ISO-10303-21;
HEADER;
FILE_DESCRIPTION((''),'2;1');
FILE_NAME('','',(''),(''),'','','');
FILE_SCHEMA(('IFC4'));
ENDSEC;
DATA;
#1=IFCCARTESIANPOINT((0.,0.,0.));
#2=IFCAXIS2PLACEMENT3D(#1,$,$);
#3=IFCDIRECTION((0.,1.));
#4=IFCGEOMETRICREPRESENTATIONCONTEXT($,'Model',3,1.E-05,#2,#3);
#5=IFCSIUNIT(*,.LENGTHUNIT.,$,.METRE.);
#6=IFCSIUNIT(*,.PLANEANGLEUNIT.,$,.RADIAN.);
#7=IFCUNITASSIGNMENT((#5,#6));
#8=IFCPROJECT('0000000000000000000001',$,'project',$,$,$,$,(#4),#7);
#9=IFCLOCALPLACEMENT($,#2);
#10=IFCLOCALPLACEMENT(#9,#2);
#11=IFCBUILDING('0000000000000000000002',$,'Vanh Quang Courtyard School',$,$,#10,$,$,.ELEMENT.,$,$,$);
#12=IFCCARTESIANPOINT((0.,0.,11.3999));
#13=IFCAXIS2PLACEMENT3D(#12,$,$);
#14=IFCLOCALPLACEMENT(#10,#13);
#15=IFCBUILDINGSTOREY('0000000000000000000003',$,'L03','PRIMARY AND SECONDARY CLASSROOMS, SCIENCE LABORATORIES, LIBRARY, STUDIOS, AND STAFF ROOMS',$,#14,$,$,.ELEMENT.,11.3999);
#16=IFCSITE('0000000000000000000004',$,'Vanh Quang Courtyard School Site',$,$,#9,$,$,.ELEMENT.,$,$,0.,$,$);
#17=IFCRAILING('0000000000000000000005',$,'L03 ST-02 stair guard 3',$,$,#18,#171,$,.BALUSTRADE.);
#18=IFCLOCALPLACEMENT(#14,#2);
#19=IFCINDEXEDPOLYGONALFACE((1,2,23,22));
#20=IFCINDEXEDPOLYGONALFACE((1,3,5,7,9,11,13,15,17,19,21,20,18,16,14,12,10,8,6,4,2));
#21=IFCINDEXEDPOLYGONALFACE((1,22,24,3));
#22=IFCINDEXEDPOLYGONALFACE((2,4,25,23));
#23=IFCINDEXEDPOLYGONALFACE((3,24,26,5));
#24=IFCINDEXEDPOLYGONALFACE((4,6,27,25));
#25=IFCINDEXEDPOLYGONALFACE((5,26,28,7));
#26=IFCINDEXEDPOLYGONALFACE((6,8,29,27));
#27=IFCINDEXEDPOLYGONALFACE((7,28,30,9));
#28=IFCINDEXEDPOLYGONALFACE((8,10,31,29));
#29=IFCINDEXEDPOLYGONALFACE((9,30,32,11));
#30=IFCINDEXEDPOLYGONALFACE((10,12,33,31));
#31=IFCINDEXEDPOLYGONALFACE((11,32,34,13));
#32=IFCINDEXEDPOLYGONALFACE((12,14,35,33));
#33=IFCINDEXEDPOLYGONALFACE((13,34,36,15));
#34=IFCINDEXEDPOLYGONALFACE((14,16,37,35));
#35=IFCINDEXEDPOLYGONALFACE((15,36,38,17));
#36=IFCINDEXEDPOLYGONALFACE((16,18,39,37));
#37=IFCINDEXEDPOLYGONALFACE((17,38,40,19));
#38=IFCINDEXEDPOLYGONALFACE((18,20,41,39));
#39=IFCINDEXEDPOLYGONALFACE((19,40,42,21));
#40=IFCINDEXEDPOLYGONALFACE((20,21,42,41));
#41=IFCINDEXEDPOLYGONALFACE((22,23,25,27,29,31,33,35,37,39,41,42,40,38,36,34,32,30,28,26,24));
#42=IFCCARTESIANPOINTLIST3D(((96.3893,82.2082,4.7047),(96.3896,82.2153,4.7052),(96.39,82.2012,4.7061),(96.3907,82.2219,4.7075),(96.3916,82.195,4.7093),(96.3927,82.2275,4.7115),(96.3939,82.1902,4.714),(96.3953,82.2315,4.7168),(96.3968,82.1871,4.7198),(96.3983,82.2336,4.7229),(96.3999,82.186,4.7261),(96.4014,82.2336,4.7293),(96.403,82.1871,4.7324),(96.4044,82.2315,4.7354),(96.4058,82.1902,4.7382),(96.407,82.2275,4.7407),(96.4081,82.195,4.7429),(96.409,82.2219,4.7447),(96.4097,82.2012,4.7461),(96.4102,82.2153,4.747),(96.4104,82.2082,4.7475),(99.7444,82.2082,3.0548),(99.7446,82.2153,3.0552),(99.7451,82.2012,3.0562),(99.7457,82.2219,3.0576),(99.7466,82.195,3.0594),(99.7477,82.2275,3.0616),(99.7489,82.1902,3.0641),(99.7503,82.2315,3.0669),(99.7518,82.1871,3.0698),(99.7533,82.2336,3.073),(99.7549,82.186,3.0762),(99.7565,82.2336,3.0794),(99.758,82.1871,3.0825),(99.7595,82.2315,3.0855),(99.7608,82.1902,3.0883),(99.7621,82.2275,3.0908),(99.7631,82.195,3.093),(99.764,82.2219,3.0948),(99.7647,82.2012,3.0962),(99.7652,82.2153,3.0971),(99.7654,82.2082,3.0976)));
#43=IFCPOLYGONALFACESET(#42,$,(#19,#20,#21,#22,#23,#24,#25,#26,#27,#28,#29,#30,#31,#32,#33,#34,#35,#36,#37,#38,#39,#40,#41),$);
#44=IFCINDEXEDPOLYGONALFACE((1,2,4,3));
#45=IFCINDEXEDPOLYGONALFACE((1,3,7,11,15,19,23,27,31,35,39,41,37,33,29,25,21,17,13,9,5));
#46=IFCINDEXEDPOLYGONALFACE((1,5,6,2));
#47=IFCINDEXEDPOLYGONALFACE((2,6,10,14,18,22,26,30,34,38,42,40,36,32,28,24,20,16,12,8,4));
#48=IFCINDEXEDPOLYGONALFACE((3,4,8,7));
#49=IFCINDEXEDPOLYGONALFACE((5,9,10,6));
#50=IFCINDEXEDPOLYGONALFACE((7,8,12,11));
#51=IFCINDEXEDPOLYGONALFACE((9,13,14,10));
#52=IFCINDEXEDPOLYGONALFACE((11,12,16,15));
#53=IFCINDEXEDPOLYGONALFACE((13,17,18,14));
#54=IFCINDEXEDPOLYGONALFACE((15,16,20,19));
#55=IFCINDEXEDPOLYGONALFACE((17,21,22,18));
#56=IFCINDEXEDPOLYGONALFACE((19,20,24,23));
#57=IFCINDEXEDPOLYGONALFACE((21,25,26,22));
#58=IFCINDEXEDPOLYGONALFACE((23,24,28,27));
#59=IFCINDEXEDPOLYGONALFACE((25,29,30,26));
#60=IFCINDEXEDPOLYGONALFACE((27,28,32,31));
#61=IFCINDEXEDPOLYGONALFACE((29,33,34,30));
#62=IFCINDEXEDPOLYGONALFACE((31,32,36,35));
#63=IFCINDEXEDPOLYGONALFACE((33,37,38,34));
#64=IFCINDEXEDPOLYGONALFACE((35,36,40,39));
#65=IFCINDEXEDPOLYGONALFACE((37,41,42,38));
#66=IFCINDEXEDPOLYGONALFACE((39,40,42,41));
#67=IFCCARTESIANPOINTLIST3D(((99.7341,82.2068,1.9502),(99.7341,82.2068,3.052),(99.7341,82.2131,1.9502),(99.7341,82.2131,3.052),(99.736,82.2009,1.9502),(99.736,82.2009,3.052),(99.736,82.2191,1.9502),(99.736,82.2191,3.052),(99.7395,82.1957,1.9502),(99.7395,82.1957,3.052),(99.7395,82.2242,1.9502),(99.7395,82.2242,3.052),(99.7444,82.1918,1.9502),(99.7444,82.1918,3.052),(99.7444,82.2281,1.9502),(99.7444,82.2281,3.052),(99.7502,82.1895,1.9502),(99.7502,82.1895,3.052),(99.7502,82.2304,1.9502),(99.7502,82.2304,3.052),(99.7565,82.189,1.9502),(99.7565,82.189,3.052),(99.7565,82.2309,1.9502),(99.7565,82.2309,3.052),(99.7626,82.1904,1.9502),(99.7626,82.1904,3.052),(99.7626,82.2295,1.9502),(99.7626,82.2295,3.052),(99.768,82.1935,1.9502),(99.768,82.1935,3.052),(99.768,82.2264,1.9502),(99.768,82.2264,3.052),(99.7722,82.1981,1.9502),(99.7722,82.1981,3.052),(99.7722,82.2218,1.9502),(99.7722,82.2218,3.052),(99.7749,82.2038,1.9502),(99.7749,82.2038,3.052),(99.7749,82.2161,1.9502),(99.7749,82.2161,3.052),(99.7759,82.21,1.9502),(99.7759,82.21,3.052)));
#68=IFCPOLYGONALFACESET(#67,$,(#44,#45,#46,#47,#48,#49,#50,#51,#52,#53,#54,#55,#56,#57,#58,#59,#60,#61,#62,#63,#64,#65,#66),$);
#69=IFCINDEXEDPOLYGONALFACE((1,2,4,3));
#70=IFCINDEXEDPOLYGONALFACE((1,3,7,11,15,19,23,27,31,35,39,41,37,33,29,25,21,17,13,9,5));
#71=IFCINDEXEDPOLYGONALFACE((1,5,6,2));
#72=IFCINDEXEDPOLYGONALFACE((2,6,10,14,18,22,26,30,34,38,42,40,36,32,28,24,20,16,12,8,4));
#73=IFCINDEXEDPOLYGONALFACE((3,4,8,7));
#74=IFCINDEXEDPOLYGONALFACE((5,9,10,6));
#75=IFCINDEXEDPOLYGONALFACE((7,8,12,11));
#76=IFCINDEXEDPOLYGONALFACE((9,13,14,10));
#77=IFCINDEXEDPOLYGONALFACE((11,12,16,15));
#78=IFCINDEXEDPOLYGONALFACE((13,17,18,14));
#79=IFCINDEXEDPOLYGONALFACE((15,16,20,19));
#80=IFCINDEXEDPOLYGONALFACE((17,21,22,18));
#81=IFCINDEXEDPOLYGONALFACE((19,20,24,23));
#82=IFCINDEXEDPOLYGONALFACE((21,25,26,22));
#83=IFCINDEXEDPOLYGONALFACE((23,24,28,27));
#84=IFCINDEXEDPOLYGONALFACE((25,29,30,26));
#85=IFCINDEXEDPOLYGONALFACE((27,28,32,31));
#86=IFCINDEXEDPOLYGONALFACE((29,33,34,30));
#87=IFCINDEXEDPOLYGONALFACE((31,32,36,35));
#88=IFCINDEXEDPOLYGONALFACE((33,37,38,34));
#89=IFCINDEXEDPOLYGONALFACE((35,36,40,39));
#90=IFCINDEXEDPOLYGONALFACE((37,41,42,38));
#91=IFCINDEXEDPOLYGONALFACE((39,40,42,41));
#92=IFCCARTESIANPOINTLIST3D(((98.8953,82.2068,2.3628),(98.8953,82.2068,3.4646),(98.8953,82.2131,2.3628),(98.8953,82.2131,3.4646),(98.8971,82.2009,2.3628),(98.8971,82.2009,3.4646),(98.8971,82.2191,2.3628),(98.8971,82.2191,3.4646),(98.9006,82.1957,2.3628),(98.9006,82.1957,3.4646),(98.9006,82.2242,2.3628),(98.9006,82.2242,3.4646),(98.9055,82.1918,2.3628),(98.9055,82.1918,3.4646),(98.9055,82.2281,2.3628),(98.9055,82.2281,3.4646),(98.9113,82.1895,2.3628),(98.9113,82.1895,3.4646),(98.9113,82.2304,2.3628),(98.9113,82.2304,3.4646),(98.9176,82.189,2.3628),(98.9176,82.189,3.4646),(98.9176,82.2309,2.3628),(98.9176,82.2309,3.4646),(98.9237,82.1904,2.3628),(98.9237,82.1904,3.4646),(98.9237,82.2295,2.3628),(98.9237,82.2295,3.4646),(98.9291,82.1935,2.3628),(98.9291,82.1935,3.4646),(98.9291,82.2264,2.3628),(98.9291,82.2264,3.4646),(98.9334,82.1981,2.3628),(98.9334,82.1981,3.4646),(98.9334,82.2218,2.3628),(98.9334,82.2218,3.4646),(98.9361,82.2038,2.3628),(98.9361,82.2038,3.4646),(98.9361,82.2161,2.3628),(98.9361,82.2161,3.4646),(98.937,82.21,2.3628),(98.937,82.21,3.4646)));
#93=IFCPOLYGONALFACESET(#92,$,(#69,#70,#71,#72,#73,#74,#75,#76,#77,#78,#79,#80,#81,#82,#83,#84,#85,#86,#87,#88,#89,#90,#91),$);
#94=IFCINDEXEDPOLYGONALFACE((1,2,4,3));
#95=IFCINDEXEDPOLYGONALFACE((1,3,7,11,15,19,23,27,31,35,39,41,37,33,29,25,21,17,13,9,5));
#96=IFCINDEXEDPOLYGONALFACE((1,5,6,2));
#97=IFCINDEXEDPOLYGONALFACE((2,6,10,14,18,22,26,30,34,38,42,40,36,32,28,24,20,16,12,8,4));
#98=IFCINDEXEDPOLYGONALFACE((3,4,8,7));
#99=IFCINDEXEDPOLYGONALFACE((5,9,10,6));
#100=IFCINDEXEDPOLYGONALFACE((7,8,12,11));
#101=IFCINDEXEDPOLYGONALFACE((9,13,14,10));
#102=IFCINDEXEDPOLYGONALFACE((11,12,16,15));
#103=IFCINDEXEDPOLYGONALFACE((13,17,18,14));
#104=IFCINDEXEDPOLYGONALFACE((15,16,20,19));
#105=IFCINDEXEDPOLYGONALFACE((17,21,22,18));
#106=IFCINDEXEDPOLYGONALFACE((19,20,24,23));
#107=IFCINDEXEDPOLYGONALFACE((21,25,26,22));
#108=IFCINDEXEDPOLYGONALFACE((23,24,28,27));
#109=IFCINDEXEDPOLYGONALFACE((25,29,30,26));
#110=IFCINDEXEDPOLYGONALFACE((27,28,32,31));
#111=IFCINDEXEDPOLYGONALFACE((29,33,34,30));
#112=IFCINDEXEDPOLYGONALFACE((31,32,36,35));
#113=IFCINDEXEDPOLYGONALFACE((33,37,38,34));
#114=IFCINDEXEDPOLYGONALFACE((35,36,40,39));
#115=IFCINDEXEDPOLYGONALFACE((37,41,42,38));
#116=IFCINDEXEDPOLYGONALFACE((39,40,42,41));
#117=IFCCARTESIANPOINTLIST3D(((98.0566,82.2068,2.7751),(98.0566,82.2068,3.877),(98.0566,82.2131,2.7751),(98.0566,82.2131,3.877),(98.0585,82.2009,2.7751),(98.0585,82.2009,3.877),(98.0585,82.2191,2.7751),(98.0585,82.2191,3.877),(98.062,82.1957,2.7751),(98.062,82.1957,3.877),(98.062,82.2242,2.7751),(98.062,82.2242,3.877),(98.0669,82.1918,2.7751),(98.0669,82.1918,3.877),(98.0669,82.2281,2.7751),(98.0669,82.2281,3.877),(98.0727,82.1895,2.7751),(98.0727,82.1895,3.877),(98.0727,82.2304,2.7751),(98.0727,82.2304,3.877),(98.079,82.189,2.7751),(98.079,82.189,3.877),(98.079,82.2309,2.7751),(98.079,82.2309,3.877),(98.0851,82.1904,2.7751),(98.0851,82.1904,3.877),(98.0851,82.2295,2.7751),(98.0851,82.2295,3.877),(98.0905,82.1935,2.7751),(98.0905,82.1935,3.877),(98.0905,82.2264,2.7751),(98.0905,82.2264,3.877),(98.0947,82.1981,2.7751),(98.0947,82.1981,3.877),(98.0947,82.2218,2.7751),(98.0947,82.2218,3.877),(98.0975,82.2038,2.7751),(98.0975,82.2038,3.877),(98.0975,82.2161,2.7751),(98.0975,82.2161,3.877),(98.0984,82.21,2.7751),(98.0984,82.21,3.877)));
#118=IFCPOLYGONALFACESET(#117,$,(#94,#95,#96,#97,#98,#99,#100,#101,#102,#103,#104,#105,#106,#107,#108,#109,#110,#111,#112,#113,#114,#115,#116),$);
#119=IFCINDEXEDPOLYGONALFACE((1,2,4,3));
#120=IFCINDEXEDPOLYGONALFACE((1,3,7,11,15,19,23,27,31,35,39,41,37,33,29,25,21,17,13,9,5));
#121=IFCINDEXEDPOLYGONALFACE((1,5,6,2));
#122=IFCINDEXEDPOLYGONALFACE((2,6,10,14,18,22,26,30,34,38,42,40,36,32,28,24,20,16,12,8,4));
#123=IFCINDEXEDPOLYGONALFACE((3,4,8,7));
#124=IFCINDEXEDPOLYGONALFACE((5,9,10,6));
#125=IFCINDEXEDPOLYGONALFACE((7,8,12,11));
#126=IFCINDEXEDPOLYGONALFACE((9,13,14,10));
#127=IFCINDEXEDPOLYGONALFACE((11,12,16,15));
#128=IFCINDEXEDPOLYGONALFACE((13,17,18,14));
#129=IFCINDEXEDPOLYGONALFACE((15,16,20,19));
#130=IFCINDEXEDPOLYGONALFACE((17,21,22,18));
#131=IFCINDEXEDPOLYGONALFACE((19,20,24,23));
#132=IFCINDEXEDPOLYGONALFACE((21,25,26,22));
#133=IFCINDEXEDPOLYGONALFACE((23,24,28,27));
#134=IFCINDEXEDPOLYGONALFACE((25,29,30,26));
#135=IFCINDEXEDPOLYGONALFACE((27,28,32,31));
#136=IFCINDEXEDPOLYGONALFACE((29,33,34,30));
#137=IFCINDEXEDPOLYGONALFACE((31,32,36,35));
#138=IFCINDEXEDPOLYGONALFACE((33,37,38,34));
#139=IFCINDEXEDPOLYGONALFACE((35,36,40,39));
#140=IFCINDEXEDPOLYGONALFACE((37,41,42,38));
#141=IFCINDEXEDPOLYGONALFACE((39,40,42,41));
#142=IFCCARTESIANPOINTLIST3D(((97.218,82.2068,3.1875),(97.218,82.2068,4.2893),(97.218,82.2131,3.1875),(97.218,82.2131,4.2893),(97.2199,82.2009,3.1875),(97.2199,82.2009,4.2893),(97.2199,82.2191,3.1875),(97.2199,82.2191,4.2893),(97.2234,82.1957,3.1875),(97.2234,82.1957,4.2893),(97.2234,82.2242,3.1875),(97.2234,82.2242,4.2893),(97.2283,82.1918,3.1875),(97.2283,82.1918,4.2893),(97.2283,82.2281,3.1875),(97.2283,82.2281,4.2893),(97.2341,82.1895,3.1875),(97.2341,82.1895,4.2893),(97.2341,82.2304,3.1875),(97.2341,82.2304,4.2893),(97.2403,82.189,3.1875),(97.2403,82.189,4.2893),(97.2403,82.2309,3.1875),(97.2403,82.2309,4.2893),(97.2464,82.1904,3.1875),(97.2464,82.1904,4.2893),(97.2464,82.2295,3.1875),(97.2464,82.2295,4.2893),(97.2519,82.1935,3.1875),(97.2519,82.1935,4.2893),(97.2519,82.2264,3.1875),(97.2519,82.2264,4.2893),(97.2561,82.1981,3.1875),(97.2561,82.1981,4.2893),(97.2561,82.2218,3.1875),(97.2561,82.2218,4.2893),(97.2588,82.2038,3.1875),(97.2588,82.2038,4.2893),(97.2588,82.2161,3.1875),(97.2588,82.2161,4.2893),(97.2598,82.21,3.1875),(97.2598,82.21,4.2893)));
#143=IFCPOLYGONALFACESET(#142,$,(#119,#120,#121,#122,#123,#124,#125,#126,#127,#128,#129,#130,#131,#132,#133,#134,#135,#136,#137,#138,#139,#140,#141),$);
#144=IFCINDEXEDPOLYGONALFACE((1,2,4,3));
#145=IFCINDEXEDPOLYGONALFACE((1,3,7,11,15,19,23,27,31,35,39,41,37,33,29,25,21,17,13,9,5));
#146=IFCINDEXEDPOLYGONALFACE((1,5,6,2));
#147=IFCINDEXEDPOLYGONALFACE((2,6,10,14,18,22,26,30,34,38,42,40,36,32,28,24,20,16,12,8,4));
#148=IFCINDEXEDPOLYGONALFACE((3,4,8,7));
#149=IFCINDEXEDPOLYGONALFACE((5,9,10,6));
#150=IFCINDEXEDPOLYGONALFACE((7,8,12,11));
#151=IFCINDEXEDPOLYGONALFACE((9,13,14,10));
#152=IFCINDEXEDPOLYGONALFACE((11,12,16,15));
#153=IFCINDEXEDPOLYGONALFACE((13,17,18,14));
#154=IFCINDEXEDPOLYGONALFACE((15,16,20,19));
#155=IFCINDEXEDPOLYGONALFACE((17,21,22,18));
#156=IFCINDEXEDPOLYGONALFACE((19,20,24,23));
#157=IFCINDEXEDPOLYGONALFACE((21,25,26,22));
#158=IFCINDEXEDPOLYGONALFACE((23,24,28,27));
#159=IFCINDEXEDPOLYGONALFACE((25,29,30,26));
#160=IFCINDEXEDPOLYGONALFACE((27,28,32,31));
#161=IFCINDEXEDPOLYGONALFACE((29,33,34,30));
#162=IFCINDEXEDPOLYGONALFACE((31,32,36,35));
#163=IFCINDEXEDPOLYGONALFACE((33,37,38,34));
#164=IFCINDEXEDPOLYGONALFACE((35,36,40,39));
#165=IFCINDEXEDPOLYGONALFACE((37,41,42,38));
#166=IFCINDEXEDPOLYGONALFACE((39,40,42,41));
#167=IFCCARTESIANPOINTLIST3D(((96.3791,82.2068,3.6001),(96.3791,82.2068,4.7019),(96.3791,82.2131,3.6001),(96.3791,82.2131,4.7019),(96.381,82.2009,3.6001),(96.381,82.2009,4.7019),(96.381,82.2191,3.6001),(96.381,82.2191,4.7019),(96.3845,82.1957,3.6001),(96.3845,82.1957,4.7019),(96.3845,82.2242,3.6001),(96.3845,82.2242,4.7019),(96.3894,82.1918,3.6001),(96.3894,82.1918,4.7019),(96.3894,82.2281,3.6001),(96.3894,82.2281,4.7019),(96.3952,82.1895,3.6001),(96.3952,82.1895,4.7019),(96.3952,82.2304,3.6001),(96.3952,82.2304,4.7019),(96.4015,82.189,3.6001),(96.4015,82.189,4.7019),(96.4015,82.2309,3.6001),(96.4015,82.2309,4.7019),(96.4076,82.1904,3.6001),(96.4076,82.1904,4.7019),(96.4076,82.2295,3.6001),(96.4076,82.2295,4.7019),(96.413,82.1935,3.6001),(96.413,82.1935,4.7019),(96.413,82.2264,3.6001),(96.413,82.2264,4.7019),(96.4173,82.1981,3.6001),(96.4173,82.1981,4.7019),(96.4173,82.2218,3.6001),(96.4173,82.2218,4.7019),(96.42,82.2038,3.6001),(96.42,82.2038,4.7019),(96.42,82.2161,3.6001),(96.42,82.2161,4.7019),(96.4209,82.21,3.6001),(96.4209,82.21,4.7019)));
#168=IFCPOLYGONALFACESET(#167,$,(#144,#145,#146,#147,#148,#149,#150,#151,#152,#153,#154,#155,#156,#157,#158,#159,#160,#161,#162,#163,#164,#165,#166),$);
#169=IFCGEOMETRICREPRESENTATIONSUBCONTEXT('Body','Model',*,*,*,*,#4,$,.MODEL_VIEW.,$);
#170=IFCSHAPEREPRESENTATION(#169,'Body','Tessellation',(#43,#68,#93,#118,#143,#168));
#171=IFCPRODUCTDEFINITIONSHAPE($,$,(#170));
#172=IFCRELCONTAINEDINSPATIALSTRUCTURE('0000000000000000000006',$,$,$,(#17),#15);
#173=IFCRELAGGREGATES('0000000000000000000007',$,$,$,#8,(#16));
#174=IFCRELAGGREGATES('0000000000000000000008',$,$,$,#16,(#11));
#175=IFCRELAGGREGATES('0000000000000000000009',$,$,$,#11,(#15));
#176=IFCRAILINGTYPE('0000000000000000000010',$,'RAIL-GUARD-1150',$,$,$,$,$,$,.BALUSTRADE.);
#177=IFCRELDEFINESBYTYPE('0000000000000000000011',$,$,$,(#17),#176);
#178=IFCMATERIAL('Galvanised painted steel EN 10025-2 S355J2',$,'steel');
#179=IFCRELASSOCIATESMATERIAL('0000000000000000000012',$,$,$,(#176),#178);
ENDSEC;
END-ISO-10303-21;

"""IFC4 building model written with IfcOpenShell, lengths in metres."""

from ifc_helpers import new_model, si_unit, direction, frame, origin, origin_2d, place, context, subcontext, project, spatial, circle, extrude, material, type_object, element, save


model = new_model("IFC4")

# Units and contexts
model_context = context("Model", 3, precision=1e-05, world=origin(), true_north=direction((0.0, 1.0)))
body_context = subcontext(model_context, "Body", "Model", "MODEL_VIEW")
ifc_project = project(units=[si_unit("LENGTHUNIT", "METRE"), si_unit("PLANEANGLEUNIT", "RADIAN")], contexts=[model_context])

# Site, building, storey
site_placement = place(None, origin())
site = spatial("IfcSite", under=ifc_project, at=site_placement, Name="Vanh Quang Courtyard School Site", CompositionType="ELEMENT", RefElevation=0.0)
building_placement = place(site_placement, origin())
building = spatial("IfcBuilding", under=site, at=building_placement, Name="Vanh Quang Courtyard School", CompositionType="ELEMENT")
storey_placement = place(building_placement, frame((0.0, 0.0, 11.3999)))
storey = spatial("IfcBuildingStorey", under=building, at=storey_placement, Name="L03", Description="PRIMARY AND SECONDARY CLASSROOMS, SCIENCE LABORATORIES, LIBRARY, STUDIOS, AND STAFF ROOMS", CompositionType="ELEMENT", Elevation=11.3999)

# Railing
ifc_material_1 = material(Name="Galvanised painted steel EN 10025-2 S355J2", Category="steel")
railing_type_1 = type_object("IfcRailingType", Name="RAIL-GUARD-1150", PredefinedType="BALUSTRADE", material=ifc_material_1)
railing_1_placement = place(storey_placement, frame((99.7549, 82.21, 1.9502)))
element("IfcRailing", 1, at=railing_1_placement, inside=storey, type_object=railing_type_1, Name="L03 ST-02 stair guard 3", PredefinedType="BALUSTRADE", context=body_context, shape_type="SweptSolid", body=[
    extrude(circle(Radius=0.0239, at=origin_2d()), frame((0.0, 0.0, 1.126), z_axis=(-0.897359, 0.0, 0.441301), x_axis=(0.0, -1.0, 0.0)), (0.0, 0.0, 1.0), 3.7388),
    extrude(circle(Radius=0.021, at=origin_2d()), origin(), (0.0, 0.0, 1.0), 1.1018),
    extrude(circle(Radius=0.021, at=origin_2d()), frame((-0.8389, 0.0, 0.4126)), (0.0, 0.0, 1.0), 1.1018),
    extrude(circle(Radius=0.021, at=origin_2d()), frame((-1.6775, 0.0, 0.825)), (0.0, 0.0, 1.0), 1.1018),
    extrude(circle(Radius=0.021, at=origin_2d()), frame((-2.5161, 0.0, 1.2373)), (0.0, 0.0, 1.0), 1.1018),
    extrude(circle(Radius=0.021, at=origin_2d()), frame((-3.355, 0.0, 1.6499)), (0.0, 0.0, 1.0), 1.1018),
])

save(model, "model.ifc")
